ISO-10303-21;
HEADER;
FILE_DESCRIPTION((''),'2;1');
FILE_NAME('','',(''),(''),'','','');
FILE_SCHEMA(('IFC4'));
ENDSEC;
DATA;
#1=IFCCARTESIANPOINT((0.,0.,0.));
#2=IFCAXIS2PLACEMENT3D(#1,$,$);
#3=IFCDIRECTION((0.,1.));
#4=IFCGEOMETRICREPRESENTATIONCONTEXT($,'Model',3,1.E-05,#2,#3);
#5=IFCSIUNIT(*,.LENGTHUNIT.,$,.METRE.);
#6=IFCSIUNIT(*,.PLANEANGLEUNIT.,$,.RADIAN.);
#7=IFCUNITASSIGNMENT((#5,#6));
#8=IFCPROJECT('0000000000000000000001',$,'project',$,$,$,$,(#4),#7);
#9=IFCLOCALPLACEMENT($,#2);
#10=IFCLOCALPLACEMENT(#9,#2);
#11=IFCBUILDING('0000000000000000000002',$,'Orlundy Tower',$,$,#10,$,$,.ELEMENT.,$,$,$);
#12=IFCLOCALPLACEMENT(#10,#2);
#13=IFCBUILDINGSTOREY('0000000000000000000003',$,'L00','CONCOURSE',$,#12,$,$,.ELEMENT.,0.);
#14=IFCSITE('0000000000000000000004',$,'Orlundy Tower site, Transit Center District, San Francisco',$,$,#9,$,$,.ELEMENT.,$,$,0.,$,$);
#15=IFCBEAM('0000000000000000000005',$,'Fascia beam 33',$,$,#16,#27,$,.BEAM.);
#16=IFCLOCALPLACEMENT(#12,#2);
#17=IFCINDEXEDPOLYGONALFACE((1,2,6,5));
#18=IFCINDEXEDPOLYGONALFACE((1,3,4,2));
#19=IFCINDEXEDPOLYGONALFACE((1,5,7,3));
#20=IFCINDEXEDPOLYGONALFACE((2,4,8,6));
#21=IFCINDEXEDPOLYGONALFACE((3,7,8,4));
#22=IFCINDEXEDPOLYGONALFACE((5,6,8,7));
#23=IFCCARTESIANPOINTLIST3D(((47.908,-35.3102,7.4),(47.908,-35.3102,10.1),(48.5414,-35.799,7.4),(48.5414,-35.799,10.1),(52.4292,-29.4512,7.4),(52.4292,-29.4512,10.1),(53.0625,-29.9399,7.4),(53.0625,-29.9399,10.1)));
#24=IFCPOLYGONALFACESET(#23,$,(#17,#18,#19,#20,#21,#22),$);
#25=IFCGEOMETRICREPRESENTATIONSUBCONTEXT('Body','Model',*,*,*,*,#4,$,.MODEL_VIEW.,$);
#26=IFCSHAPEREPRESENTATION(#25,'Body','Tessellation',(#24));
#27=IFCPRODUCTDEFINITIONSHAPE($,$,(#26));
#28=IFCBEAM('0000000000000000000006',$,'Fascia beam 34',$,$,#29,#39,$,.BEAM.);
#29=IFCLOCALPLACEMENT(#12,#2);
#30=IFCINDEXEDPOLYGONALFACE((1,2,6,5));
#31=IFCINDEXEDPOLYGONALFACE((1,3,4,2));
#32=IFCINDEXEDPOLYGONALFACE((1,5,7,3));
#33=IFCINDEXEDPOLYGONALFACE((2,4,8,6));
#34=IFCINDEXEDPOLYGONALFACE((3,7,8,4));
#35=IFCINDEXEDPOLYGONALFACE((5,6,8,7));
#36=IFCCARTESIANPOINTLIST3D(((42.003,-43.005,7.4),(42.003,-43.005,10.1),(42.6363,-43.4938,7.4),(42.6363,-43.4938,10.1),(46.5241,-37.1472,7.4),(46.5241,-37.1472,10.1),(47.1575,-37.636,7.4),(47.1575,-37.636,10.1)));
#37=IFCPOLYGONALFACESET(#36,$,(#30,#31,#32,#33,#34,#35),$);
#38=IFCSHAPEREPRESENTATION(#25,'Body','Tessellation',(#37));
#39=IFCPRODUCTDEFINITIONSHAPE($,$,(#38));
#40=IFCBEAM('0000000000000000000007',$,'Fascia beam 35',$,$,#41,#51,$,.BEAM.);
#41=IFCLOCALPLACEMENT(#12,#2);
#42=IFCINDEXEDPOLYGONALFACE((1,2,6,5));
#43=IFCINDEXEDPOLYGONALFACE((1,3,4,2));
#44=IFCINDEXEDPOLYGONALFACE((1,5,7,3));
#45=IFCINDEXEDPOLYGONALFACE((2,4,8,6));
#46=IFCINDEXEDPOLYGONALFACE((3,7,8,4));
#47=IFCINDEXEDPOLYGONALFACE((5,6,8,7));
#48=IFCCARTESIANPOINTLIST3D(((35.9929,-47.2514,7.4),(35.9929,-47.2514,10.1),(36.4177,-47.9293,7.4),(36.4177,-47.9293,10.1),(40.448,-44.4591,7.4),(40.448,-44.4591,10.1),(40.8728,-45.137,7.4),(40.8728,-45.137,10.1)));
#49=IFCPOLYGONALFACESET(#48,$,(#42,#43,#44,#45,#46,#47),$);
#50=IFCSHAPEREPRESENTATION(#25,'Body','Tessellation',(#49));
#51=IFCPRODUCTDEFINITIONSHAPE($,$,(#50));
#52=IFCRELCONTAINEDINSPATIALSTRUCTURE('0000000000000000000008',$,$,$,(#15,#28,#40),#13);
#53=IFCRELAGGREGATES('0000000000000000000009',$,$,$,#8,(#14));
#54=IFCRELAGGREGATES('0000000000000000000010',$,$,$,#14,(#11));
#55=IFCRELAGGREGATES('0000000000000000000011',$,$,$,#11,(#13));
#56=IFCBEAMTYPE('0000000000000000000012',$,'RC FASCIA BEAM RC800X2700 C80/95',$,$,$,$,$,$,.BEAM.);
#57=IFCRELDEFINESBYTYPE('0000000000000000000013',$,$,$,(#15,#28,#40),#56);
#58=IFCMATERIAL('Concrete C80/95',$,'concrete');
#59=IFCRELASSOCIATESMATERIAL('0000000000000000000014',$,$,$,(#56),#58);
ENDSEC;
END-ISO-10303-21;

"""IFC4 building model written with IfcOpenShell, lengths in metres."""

from ifc_helpers import new_model, si_unit, direction, frame, origin, origin_2d, place, context, subcontext, project, spatial, rectangle, extrude, material, material_profile, profile_set, type_object, element, save


model = new_model("IFC4")

# Units and contexts
model_context = context("Model", 3, precision=1e-05, world=origin(), true_north=direction((0.0, 1.0)))
body_context = subcontext(model_context, "Body", "Model", "MODEL_VIEW")
ifc_project = project(units=[si_unit("LENGTHUNIT", "METRE"), si_unit("PLANEANGLEUNIT", "RADIAN")], contexts=[model_context])

# Site, building, storey
site_placement = place(None, origin())
site = spatial("IfcSite", under=ifc_project, at=site_placement, Name="Orlundy Tower site, Transit Center District, San Francisco", CompositionType="ELEMENT", RefElevation=0.0)
building_placement = place(site_placement, origin())
building = spatial("IfcBuilding", under=site, at=building_placement, Name="Orlundy Tower", CompositionType="ELEMENT")
storey_placement = place(building_placement, origin())
storey = spatial("IfcBuildingStorey", under=building, at=storey_placement, Name="L00", Description="CONCOURSE", CompositionType="ELEMENT", Elevation=0.0)

# Beams
ifc_material_1 = material(Name="Concrete C80/95", Category="concrete")
ifc_material_profile_1 = material_profile(ifc_material_1, rectangle(XDim=0.8, YDim=2.7, at=origin_2d()), Name="RC800X2700")
ifc_profile_set_1 = profile_set([ifc_material_profile_1], Name="Concrete C80/95")
beam_type = type_object("IfcBeamType", Name="RC FASCIA BEAM RC800X2700 C80/95", PredefinedType="BEAM", material=ifc_profile_set_1)
beam_1_placement = place(storey_placement, frame((52.7458, -29.6956, 8.75), z_axis=(-0.610917, -0.791695, 0.0), x_axis=(0.791695, -0.610917, 0.0)))
element("IfcBeam", 1, at=beam_1_placement, inside=storey, type_object=beam_type, Name="Fascia beam 33", PredefinedType="BEAM", context=body_context, shape_type="SweptSolid", body=[
    extrude(rectangle(XDim=0.8, YDim=2.7, at=origin_2d()), origin(), (0.0, 0.0, 1.0), 7.4006),
])
beam_2_placement = place(storey_placement, frame((46.8408, -37.3916, 8.75), z_axis=(-0.610997, -0.791633, 0.0), x_axis=(0.791633, -0.610997, 0.0)))
element("IfcBeam", 2, at=beam_2_placement, inside=storey, type_object=beam_type, Name="Fascia beam 34", PredefinedType="BEAM", context=body_context, shape_type="SweptSolid", body=[
    extrude(rectangle(XDim=0.8, YDim=2.7, at=origin_2d()), origin(), (0.0, 0.0, 1.0), 7.3997),
])
beam_3_placement = place(storey_placement, frame((40.6604, -44.7981, 8.75), z_axis=(-0.84733, -0.531067, 0.0), x_axis=(0.531067, -0.84733, 0.0)))
element("IfcBeam", 3, at=beam_3_placement, inside=storey, type_object=beam_type, Name="Fascia beam 35", PredefinedType="BEAM", context=body_context, shape_type="SweptSolid", body=[
    extrude(rectangle(XDim=0.8, YDim=2.7, at=origin_2d()), origin(), (0.0, 0.0, 1.0), 5.2578),
])

save(model, "model.ifc")
